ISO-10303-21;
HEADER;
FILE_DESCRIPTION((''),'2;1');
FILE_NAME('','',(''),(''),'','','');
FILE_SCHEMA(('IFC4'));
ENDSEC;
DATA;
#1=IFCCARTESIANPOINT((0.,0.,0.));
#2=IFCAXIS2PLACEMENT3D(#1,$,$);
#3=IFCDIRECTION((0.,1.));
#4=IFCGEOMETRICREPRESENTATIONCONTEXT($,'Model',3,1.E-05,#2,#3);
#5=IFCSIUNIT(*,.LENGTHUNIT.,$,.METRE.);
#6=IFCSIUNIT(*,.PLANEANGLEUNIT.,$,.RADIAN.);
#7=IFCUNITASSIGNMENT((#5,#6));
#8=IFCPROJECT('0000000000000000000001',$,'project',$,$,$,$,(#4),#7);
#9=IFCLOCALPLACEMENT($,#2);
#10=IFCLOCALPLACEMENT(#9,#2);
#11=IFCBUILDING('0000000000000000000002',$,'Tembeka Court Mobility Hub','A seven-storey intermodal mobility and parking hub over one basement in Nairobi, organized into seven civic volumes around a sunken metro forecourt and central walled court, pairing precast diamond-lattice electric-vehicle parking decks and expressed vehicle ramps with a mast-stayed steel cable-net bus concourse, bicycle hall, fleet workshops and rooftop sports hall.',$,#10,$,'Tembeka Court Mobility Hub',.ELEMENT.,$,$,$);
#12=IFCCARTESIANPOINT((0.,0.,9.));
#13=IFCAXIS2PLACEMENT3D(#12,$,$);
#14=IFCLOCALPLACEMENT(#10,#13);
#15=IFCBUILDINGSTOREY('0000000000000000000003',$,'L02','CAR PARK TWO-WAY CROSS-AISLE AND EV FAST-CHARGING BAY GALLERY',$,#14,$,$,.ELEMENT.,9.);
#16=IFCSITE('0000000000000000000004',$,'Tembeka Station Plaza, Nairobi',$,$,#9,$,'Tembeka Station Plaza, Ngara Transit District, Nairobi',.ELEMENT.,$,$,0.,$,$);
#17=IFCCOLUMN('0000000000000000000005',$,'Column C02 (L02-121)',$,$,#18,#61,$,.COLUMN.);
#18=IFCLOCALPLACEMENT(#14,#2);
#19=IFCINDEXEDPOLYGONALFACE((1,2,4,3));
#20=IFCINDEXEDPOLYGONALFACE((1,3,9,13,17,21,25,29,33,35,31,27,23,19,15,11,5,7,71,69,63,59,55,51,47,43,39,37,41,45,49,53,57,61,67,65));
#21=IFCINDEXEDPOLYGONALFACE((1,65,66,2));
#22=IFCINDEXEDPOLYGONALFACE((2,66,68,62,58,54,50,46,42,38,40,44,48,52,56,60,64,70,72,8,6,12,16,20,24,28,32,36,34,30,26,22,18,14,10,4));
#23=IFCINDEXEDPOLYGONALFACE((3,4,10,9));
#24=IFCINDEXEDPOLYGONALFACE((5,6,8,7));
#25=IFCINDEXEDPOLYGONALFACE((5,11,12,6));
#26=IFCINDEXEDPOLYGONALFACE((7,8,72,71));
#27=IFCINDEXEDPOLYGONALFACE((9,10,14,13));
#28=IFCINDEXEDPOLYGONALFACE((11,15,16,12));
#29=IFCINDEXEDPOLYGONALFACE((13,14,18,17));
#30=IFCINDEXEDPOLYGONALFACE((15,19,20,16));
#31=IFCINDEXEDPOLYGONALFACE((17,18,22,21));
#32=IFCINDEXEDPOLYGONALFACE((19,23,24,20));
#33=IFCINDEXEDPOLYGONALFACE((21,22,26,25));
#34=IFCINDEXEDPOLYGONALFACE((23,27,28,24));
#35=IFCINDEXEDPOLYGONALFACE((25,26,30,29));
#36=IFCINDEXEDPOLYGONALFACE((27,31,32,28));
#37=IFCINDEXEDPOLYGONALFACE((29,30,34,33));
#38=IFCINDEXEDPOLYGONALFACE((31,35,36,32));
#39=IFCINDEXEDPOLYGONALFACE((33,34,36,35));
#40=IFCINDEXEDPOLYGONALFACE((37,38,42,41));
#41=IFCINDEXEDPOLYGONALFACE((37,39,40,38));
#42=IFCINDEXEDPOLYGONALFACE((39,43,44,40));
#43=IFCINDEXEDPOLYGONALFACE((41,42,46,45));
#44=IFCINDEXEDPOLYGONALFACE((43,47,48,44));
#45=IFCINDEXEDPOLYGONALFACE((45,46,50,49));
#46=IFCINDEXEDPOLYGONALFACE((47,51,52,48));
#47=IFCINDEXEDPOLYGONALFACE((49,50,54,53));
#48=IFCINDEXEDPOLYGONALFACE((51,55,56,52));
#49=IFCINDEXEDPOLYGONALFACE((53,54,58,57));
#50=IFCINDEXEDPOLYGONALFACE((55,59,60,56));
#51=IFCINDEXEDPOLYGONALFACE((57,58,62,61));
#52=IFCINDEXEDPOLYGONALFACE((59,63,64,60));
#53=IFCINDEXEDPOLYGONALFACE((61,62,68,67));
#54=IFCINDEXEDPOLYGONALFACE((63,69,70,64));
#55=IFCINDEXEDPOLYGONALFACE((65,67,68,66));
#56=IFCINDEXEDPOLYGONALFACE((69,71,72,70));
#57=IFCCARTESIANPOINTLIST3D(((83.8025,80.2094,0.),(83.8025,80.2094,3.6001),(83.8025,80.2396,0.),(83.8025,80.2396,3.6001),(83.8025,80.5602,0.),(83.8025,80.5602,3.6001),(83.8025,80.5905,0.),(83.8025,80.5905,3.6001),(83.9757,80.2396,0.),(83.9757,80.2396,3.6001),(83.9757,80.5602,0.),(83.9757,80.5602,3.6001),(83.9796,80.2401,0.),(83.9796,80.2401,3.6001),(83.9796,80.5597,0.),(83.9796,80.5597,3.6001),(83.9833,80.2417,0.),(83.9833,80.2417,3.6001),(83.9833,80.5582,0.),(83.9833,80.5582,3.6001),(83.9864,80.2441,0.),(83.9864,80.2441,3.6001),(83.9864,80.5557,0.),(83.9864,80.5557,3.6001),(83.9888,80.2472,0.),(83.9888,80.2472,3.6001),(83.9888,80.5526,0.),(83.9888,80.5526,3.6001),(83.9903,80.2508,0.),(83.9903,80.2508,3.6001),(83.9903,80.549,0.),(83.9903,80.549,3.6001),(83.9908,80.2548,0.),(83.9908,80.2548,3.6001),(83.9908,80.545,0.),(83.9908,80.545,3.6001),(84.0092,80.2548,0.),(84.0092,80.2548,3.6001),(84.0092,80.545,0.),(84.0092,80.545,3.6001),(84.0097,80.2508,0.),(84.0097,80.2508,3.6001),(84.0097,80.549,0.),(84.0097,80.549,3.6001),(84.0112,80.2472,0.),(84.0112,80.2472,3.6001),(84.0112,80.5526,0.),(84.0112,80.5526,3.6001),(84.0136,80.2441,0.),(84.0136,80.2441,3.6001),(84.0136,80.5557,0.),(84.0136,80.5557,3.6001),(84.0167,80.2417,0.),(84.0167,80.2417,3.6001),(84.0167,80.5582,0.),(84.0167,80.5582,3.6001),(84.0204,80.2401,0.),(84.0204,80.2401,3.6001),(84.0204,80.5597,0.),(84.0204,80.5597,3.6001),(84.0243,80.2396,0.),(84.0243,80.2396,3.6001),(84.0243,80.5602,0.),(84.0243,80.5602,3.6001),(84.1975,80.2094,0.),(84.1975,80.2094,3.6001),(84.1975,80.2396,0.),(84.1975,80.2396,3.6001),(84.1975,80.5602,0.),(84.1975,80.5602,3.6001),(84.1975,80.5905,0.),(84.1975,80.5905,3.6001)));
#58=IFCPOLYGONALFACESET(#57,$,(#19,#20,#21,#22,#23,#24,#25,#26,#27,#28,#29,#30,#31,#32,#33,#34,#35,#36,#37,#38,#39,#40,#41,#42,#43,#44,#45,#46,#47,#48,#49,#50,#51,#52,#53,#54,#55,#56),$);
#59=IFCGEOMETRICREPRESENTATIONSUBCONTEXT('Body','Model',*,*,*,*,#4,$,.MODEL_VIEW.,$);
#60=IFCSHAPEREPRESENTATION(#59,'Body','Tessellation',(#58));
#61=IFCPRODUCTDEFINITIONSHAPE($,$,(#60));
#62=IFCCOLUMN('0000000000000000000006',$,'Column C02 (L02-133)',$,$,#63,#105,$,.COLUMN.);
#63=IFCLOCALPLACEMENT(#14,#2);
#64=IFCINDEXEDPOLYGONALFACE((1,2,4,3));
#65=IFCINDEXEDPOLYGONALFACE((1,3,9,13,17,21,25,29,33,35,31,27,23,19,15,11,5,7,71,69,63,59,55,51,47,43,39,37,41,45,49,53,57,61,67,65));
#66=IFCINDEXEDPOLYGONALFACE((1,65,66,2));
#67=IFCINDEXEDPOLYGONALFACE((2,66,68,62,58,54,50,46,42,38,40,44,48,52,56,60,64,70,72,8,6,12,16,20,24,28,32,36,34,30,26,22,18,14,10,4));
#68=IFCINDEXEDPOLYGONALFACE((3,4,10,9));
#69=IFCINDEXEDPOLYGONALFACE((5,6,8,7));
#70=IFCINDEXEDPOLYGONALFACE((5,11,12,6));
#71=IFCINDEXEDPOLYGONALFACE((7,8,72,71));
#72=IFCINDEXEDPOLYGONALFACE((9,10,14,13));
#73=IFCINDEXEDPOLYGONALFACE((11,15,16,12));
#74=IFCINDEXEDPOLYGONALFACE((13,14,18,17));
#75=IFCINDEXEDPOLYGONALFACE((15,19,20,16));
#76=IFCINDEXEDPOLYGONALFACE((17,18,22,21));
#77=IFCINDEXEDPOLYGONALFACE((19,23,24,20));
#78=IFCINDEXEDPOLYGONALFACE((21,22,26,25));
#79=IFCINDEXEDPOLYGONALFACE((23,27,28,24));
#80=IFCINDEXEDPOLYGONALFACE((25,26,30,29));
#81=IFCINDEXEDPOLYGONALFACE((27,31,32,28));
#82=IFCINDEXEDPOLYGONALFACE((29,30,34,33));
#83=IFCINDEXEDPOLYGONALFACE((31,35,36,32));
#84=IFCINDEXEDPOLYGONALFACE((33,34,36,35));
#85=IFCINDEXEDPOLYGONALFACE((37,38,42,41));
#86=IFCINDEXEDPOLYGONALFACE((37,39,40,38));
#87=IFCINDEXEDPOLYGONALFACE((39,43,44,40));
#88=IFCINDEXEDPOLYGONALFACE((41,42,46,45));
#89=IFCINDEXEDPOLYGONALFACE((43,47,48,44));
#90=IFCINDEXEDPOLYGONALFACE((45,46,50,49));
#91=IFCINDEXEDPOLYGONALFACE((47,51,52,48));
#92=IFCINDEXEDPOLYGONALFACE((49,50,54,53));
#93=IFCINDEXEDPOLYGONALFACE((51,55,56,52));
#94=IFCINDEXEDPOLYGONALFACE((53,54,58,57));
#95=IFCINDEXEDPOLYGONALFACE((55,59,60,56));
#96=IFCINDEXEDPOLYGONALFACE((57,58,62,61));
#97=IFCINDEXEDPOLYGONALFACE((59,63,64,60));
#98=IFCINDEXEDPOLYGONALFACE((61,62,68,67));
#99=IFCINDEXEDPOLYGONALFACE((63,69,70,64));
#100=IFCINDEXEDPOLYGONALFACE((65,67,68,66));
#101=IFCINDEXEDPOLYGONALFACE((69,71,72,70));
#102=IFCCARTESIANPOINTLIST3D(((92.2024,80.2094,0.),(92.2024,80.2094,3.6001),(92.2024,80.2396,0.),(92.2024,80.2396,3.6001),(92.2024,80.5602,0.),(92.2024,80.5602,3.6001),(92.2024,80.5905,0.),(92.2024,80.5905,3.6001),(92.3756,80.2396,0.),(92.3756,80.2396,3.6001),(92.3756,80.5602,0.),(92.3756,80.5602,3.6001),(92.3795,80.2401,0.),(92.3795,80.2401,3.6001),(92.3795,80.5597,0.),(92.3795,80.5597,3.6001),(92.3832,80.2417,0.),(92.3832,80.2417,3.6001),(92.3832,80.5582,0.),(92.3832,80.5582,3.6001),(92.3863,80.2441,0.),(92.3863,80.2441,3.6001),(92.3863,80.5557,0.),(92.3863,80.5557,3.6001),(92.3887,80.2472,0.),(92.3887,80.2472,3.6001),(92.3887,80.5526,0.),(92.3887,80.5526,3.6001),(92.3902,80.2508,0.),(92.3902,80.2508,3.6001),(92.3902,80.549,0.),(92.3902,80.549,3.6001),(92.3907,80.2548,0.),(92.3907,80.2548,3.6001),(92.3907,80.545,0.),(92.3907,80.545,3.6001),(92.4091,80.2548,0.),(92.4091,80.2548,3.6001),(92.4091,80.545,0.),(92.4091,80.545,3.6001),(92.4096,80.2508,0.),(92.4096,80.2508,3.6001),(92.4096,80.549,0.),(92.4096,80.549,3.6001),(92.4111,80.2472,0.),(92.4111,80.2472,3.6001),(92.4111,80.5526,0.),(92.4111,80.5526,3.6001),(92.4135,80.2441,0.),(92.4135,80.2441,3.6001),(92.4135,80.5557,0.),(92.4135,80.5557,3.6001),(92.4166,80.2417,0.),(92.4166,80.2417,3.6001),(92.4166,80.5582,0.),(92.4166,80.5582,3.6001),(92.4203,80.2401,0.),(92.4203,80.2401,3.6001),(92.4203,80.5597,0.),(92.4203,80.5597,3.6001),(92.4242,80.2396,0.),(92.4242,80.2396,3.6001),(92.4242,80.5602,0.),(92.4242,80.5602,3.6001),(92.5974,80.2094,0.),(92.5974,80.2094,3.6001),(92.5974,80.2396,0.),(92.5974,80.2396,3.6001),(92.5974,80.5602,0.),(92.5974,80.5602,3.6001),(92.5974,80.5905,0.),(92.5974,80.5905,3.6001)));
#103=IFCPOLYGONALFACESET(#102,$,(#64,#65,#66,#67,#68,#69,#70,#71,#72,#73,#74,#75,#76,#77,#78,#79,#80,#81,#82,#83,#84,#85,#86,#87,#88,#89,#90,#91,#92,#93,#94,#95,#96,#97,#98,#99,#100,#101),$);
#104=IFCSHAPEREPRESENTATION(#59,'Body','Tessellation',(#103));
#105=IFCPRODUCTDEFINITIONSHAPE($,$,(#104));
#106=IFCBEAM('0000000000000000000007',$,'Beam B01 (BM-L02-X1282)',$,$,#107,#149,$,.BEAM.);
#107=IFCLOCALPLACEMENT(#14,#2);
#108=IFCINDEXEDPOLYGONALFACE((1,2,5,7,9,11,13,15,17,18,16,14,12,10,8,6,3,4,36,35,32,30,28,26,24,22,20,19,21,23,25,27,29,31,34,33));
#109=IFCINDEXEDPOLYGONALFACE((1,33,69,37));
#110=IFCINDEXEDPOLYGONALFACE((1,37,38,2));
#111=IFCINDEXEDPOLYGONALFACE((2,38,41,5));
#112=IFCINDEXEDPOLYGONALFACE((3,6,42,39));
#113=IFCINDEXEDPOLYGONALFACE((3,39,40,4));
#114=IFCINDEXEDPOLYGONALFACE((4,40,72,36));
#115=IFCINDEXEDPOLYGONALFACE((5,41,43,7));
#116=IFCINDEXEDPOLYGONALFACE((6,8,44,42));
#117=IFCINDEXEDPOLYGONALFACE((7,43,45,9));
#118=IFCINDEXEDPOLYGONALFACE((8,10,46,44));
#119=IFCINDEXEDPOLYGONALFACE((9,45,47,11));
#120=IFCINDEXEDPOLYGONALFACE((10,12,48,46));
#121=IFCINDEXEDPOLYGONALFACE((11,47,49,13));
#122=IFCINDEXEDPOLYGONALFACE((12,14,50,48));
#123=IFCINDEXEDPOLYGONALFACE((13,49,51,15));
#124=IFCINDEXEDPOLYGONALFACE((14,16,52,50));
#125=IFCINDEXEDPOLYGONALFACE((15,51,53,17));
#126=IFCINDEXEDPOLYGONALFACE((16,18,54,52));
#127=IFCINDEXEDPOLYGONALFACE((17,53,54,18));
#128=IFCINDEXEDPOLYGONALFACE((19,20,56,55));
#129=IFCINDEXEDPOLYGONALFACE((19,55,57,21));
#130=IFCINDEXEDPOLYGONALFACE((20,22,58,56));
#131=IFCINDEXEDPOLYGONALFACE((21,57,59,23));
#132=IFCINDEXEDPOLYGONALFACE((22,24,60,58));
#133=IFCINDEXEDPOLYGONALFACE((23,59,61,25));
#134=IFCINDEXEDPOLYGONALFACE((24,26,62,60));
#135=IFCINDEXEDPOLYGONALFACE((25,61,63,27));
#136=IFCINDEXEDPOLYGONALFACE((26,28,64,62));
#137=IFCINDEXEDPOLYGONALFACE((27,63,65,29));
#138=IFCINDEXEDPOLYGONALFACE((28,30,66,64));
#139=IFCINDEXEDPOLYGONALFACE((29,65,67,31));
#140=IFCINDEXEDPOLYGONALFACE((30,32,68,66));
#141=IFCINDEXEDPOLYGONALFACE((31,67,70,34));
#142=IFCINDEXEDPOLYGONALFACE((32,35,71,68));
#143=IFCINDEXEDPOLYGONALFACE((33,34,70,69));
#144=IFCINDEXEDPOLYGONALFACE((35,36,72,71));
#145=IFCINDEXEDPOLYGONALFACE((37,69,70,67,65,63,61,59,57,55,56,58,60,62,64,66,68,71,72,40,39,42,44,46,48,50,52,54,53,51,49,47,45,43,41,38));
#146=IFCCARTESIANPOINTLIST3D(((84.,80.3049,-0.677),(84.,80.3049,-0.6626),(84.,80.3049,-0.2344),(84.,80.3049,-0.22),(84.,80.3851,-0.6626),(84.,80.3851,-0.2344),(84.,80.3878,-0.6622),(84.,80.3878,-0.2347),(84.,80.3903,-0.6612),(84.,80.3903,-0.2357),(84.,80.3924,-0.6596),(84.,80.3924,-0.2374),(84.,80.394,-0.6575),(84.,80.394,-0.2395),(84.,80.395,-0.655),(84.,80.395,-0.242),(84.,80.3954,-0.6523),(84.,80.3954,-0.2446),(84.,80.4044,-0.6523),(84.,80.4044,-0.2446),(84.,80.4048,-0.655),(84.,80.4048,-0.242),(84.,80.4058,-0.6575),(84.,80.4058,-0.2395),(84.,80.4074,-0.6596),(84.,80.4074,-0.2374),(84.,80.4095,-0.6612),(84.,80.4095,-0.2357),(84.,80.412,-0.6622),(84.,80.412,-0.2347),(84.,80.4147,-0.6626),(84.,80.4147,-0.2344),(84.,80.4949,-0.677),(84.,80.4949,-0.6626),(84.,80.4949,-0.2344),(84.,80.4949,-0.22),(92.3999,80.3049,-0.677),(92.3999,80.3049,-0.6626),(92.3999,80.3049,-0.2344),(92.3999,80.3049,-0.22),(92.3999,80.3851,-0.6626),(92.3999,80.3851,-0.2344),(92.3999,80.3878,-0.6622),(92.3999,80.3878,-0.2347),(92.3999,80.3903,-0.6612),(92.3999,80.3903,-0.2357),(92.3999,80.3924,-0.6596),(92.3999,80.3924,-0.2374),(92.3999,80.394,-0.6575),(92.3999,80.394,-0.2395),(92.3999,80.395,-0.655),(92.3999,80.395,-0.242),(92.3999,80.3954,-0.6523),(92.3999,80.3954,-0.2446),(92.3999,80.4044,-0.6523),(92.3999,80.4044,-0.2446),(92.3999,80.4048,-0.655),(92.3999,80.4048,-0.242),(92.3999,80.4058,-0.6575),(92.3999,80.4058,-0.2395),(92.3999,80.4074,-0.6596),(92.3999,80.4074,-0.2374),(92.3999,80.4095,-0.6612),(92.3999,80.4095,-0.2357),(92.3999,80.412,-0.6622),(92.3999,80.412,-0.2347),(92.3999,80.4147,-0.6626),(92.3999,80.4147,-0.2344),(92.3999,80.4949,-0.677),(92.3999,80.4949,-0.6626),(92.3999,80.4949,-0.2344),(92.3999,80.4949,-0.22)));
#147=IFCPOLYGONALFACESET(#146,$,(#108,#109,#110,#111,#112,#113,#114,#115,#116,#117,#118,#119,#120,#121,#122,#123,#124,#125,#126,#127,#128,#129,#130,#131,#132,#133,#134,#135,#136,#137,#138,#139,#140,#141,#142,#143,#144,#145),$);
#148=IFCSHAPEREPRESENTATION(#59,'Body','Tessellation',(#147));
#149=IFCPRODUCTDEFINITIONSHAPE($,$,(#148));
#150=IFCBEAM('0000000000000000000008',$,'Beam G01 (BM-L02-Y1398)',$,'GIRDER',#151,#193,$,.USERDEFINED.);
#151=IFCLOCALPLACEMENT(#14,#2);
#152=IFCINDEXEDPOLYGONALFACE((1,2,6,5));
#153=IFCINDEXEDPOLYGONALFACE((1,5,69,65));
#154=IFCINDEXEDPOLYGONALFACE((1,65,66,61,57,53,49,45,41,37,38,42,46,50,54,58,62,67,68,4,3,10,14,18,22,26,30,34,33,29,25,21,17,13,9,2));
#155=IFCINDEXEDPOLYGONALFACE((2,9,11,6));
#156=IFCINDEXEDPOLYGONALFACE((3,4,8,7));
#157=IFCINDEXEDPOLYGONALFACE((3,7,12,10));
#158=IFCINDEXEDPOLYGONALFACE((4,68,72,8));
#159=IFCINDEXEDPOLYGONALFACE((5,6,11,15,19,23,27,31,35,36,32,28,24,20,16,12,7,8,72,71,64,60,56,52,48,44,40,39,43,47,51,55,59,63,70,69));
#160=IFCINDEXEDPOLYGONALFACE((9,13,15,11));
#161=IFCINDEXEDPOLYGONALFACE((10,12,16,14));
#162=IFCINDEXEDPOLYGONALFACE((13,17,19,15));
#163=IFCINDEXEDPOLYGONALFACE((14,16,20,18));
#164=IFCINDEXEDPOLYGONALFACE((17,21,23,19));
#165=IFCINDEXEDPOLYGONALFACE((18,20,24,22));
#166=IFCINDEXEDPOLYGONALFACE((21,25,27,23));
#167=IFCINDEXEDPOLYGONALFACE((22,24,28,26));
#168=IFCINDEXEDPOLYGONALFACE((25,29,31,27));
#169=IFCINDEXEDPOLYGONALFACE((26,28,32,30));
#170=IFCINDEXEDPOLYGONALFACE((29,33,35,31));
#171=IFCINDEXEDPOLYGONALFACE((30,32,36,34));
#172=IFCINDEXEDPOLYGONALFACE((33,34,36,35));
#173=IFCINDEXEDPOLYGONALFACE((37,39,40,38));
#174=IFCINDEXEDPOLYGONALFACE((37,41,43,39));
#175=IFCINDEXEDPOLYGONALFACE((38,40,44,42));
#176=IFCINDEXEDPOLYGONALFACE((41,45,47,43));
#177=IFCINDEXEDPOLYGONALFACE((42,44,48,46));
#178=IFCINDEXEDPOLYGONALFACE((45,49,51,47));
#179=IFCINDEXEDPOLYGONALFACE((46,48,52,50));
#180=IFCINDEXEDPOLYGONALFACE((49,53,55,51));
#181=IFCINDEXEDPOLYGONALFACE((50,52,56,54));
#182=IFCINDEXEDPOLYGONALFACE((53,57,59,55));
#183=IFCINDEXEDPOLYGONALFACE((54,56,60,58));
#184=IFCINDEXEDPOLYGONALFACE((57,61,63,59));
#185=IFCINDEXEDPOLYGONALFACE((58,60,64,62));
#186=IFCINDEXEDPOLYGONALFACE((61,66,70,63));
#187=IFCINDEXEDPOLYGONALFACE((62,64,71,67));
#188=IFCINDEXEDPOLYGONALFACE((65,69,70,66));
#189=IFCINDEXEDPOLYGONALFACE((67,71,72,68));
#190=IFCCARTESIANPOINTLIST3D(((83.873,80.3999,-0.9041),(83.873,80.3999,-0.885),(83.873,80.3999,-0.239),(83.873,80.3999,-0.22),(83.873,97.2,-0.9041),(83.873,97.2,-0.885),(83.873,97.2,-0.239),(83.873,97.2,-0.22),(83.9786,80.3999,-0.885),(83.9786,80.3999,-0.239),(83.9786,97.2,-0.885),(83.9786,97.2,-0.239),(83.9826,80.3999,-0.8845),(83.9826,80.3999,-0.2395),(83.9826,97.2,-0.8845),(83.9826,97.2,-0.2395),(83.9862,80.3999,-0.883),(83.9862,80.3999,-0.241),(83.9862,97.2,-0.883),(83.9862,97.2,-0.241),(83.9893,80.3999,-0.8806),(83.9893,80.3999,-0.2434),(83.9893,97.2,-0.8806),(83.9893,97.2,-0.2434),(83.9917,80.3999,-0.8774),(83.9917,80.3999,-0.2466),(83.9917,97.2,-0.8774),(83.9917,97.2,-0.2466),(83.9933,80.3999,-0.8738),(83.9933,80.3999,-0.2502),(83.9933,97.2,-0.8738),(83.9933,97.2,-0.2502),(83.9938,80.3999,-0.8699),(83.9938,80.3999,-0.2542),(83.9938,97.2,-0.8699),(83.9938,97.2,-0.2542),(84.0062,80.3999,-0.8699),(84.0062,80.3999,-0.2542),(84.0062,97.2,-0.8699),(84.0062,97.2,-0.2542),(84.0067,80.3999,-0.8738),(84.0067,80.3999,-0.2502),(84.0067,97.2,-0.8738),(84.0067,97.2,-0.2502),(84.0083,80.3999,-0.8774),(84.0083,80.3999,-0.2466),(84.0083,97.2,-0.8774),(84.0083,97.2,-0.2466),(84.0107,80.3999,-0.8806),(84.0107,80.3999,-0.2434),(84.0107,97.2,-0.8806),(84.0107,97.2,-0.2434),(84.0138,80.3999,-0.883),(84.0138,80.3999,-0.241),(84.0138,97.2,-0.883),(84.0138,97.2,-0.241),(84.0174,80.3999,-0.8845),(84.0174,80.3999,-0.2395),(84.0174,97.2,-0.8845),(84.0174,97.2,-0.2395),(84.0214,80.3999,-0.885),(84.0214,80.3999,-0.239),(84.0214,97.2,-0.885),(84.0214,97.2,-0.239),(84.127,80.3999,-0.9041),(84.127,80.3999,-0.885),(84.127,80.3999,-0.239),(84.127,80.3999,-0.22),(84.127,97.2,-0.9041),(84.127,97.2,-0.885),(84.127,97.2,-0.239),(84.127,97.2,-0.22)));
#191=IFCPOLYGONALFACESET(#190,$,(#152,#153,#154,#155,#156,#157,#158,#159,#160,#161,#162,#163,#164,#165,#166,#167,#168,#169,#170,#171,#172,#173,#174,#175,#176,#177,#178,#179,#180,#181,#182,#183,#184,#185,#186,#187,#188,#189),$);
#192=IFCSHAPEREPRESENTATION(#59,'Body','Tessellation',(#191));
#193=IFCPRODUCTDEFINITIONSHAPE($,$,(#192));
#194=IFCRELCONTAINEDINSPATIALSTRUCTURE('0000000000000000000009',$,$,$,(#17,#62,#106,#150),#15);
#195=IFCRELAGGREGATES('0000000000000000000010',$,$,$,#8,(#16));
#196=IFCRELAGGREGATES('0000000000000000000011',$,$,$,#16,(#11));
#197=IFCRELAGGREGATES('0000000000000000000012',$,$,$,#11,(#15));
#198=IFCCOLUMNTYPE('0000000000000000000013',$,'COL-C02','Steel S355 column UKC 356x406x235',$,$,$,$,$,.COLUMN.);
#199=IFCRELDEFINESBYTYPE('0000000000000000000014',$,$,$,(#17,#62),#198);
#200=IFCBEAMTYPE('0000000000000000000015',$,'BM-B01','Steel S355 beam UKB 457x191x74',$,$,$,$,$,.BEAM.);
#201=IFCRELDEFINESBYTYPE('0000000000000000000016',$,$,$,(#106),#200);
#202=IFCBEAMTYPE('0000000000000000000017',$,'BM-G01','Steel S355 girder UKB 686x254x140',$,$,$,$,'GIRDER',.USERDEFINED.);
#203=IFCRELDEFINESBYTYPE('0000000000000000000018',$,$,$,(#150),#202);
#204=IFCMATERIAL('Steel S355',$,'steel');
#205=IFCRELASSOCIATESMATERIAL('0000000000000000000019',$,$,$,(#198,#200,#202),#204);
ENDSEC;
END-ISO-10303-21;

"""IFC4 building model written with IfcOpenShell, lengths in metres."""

from ifc_helpers import new_model, si_unit, direction, frame, origin, origin_2d, place, context, subcontext, project, spatial, i_section, extrude, material, material_profile, profile_set, type_object, element, save


model = new_model("IFC4")

# Units and contexts
model_context = context("Model", 3, precision=1e-05, world=origin(), true_north=direction((0.0, 1.0)))
body_context = subcontext(model_context, "Body", "Model", "MODEL_VIEW")
ifc_project = project(units=[si_unit("LENGTHUNIT", "METRE"), si_unit("PLANEANGLEUNIT", "RADIAN")], contexts=[model_context])

# Site, building, storey
site_placement = place(None, origin())
site = spatial("IfcSite", under=ifc_project, at=site_placement, Name="Tembeka Station Plaza, Nairobi", LongName="Tembeka Station Plaza, Ngara Transit District, Nairobi", CompositionType="ELEMENT", RefElevation=0.0)
building_placement = place(site_placement, origin())
building = spatial("IfcBuilding", under=site, at=building_placement, Name="Tembeka Court Mobility Hub", Description="A seven-storey intermodal mobility and parking hub over one basement in Nairobi, organized into seven civic volumes around a sunken metro forecourt and central walled court, pairing precast diamond-lattice electric-vehicle parking decks and expressed vehicle ramps with a mast-stayed steel cable-net bus concourse, bicycle hall, fleet workshops and rooftop sports hall.", LongName="Tembeka Court Mobility Hub", CompositionType="ELEMENT")
storey_placement = place(building_placement, frame((0.0, 0.0, 9.0)))
storey = spatial("IfcBuildingStorey", under=building, at=storey_placement, Name="L02", Description="CAR PARK TWO-WAY CROSS-AISLE AND EV FAST-CHARGING BAY GALLERY", CompositionType="ELEMENT", Elevation=9.0)

# Columns
ifc_material_1 = material(Name="Steel S355", Category="steel")
ifc_material_profile_1 = material_profile(ifc_material_1, i_section(OverallWidth=0.395, OverallDepth=0.3811, WebThickness=0.0183, FlangeThickness=0.0303, FilletRadius=0.0151, at=origin_2d()), Name="UKC 356x406x235")
ifc_profile_set_1 = profile_set([ifc_material_profile_1], Name="Steel S355")
column_type = type_object("IfcColumnType", Name="COL-C02", Description="Steel S355 column UKC 356x406x235", PredefinedType="COLUMN", material=ifc_profile_set_1)
for number, where, z_axis, x_axis, name in (
    (1, (84.0, 80.3999, 0.0), (0.0, 0.0, 1.0), (1.0, 0.0, 0.0), "Column C02 (L02-121)"),
    (2, (92.3999, 80.3999, 0.0), (0.0, 0.0, 1.0), (1.0, 0.0, 0.0), "Column C02 (L02-133)"),
):
    element("IfcColumn", number, at=place(storey_placement, frame(where, z_axis=z_axis, x_axis=x_axis)), inside=storey, type_object=column_type, Name=name, PredefinedType="COLUMN", context=body_context, shape_type="SweptSolid", body=[
        extrude(i_section(OverallWidth=0.395, OverallDepth=0.3811, WebThickness=0.0183, FlangeThickness=0.0303, FilletRadius=0.0151, at=origin_2d()), origin(), (0.0, 0.0, 1.0), 3.6001),
    ])

# Beams
ifc_material_profile_2 = material_profile(ifc_material_1, i_section(OverallWidth=0.1899, OverallDepth=0.457, WebThickness=0.009, FlangeThickness=0.0144, FilletRadius=0.0103, at=origin_2d()), Name="UKB 457x191x74")
ifc_profile_set_2 = profile_set([ifc_material_profile_2], Name="Steel S355")
beam_type_1 = type_object("IfcBeamType", Name="BM-B01", Description="Steel S355 beam UKB 457x191x74", PredefinedType="BEAM", material=ifc_profile_set_2)
beam_1_placement = place(storey_placement, frame((84.0, 80.3999, -0.4485), z_axis=(1.0, 0.0, 0.0), x_axis=(0.0, 1.0, 0.0)))
element("IfcBeam", 3, at=beam_1_placement, inside=storey, type_object=beam_type_1, Name="Beam B01 (BM-L02-X1282)", PredefinedType="BEAM", context=body_context, shape_type="SweptSolid", body=[
    extrude(i_section(OverallWidth=0.1899, OverallDepth=0.457, WebThickness=0.009, FlangeThickness=0.0144, FilletRadius=0.0103, at=origin_2d()), origin(), (0.0, 0.0, 1.0), 8.3999),
])
ifc_material_profile_3 = material_profile(ifc_material_1, i_section(OverallWidth=0.2539, OverallDepth=0.6841, WebThickness=0.0125, FlangeThickness=0.019, FilletRadius=0.0151, at=origin_2d()), Name="UKB 686x254x140")
ifc_profile_set_3 = profile_set([ifc_material_profile_3], Name="Steel S355")
beam_type_2 = type_object("IfcBeamType", Name="BM-G01", Description="Steel S355 girder UKB 686x254x140", ElementType="GIRDER", PredefinedType="USERDEFINED", material=ifc_profile_set_3)
beam_2_placement = place(storey_placement, frame((84.0, 80.3999, -0.562), z_axis=(0.0, 1.0, 0.0), x_axis=(-1.0, 0.0, 0.0)))
element("IfcBeam", 4, at=beam_2_placement, inside=storey, type_object=beam_type_2, Name="Beam G01 (BM-L02-Y1398)", ObjectType="GIRDER", PredefinedType="USERDEFINED", context=body_context, shape_type="SweptSolid", body=[
    extrude(i_section(OverallWidth=0.2539, OverallDepth=0.6841, WebThickness=0.0125, FlangeThickness=0.019, FilletRadius=0.0151, at=origin_2d()), origin(), (0.0, 0.0, 1.0), 16.8),
])

save(model, "model.ifc")
